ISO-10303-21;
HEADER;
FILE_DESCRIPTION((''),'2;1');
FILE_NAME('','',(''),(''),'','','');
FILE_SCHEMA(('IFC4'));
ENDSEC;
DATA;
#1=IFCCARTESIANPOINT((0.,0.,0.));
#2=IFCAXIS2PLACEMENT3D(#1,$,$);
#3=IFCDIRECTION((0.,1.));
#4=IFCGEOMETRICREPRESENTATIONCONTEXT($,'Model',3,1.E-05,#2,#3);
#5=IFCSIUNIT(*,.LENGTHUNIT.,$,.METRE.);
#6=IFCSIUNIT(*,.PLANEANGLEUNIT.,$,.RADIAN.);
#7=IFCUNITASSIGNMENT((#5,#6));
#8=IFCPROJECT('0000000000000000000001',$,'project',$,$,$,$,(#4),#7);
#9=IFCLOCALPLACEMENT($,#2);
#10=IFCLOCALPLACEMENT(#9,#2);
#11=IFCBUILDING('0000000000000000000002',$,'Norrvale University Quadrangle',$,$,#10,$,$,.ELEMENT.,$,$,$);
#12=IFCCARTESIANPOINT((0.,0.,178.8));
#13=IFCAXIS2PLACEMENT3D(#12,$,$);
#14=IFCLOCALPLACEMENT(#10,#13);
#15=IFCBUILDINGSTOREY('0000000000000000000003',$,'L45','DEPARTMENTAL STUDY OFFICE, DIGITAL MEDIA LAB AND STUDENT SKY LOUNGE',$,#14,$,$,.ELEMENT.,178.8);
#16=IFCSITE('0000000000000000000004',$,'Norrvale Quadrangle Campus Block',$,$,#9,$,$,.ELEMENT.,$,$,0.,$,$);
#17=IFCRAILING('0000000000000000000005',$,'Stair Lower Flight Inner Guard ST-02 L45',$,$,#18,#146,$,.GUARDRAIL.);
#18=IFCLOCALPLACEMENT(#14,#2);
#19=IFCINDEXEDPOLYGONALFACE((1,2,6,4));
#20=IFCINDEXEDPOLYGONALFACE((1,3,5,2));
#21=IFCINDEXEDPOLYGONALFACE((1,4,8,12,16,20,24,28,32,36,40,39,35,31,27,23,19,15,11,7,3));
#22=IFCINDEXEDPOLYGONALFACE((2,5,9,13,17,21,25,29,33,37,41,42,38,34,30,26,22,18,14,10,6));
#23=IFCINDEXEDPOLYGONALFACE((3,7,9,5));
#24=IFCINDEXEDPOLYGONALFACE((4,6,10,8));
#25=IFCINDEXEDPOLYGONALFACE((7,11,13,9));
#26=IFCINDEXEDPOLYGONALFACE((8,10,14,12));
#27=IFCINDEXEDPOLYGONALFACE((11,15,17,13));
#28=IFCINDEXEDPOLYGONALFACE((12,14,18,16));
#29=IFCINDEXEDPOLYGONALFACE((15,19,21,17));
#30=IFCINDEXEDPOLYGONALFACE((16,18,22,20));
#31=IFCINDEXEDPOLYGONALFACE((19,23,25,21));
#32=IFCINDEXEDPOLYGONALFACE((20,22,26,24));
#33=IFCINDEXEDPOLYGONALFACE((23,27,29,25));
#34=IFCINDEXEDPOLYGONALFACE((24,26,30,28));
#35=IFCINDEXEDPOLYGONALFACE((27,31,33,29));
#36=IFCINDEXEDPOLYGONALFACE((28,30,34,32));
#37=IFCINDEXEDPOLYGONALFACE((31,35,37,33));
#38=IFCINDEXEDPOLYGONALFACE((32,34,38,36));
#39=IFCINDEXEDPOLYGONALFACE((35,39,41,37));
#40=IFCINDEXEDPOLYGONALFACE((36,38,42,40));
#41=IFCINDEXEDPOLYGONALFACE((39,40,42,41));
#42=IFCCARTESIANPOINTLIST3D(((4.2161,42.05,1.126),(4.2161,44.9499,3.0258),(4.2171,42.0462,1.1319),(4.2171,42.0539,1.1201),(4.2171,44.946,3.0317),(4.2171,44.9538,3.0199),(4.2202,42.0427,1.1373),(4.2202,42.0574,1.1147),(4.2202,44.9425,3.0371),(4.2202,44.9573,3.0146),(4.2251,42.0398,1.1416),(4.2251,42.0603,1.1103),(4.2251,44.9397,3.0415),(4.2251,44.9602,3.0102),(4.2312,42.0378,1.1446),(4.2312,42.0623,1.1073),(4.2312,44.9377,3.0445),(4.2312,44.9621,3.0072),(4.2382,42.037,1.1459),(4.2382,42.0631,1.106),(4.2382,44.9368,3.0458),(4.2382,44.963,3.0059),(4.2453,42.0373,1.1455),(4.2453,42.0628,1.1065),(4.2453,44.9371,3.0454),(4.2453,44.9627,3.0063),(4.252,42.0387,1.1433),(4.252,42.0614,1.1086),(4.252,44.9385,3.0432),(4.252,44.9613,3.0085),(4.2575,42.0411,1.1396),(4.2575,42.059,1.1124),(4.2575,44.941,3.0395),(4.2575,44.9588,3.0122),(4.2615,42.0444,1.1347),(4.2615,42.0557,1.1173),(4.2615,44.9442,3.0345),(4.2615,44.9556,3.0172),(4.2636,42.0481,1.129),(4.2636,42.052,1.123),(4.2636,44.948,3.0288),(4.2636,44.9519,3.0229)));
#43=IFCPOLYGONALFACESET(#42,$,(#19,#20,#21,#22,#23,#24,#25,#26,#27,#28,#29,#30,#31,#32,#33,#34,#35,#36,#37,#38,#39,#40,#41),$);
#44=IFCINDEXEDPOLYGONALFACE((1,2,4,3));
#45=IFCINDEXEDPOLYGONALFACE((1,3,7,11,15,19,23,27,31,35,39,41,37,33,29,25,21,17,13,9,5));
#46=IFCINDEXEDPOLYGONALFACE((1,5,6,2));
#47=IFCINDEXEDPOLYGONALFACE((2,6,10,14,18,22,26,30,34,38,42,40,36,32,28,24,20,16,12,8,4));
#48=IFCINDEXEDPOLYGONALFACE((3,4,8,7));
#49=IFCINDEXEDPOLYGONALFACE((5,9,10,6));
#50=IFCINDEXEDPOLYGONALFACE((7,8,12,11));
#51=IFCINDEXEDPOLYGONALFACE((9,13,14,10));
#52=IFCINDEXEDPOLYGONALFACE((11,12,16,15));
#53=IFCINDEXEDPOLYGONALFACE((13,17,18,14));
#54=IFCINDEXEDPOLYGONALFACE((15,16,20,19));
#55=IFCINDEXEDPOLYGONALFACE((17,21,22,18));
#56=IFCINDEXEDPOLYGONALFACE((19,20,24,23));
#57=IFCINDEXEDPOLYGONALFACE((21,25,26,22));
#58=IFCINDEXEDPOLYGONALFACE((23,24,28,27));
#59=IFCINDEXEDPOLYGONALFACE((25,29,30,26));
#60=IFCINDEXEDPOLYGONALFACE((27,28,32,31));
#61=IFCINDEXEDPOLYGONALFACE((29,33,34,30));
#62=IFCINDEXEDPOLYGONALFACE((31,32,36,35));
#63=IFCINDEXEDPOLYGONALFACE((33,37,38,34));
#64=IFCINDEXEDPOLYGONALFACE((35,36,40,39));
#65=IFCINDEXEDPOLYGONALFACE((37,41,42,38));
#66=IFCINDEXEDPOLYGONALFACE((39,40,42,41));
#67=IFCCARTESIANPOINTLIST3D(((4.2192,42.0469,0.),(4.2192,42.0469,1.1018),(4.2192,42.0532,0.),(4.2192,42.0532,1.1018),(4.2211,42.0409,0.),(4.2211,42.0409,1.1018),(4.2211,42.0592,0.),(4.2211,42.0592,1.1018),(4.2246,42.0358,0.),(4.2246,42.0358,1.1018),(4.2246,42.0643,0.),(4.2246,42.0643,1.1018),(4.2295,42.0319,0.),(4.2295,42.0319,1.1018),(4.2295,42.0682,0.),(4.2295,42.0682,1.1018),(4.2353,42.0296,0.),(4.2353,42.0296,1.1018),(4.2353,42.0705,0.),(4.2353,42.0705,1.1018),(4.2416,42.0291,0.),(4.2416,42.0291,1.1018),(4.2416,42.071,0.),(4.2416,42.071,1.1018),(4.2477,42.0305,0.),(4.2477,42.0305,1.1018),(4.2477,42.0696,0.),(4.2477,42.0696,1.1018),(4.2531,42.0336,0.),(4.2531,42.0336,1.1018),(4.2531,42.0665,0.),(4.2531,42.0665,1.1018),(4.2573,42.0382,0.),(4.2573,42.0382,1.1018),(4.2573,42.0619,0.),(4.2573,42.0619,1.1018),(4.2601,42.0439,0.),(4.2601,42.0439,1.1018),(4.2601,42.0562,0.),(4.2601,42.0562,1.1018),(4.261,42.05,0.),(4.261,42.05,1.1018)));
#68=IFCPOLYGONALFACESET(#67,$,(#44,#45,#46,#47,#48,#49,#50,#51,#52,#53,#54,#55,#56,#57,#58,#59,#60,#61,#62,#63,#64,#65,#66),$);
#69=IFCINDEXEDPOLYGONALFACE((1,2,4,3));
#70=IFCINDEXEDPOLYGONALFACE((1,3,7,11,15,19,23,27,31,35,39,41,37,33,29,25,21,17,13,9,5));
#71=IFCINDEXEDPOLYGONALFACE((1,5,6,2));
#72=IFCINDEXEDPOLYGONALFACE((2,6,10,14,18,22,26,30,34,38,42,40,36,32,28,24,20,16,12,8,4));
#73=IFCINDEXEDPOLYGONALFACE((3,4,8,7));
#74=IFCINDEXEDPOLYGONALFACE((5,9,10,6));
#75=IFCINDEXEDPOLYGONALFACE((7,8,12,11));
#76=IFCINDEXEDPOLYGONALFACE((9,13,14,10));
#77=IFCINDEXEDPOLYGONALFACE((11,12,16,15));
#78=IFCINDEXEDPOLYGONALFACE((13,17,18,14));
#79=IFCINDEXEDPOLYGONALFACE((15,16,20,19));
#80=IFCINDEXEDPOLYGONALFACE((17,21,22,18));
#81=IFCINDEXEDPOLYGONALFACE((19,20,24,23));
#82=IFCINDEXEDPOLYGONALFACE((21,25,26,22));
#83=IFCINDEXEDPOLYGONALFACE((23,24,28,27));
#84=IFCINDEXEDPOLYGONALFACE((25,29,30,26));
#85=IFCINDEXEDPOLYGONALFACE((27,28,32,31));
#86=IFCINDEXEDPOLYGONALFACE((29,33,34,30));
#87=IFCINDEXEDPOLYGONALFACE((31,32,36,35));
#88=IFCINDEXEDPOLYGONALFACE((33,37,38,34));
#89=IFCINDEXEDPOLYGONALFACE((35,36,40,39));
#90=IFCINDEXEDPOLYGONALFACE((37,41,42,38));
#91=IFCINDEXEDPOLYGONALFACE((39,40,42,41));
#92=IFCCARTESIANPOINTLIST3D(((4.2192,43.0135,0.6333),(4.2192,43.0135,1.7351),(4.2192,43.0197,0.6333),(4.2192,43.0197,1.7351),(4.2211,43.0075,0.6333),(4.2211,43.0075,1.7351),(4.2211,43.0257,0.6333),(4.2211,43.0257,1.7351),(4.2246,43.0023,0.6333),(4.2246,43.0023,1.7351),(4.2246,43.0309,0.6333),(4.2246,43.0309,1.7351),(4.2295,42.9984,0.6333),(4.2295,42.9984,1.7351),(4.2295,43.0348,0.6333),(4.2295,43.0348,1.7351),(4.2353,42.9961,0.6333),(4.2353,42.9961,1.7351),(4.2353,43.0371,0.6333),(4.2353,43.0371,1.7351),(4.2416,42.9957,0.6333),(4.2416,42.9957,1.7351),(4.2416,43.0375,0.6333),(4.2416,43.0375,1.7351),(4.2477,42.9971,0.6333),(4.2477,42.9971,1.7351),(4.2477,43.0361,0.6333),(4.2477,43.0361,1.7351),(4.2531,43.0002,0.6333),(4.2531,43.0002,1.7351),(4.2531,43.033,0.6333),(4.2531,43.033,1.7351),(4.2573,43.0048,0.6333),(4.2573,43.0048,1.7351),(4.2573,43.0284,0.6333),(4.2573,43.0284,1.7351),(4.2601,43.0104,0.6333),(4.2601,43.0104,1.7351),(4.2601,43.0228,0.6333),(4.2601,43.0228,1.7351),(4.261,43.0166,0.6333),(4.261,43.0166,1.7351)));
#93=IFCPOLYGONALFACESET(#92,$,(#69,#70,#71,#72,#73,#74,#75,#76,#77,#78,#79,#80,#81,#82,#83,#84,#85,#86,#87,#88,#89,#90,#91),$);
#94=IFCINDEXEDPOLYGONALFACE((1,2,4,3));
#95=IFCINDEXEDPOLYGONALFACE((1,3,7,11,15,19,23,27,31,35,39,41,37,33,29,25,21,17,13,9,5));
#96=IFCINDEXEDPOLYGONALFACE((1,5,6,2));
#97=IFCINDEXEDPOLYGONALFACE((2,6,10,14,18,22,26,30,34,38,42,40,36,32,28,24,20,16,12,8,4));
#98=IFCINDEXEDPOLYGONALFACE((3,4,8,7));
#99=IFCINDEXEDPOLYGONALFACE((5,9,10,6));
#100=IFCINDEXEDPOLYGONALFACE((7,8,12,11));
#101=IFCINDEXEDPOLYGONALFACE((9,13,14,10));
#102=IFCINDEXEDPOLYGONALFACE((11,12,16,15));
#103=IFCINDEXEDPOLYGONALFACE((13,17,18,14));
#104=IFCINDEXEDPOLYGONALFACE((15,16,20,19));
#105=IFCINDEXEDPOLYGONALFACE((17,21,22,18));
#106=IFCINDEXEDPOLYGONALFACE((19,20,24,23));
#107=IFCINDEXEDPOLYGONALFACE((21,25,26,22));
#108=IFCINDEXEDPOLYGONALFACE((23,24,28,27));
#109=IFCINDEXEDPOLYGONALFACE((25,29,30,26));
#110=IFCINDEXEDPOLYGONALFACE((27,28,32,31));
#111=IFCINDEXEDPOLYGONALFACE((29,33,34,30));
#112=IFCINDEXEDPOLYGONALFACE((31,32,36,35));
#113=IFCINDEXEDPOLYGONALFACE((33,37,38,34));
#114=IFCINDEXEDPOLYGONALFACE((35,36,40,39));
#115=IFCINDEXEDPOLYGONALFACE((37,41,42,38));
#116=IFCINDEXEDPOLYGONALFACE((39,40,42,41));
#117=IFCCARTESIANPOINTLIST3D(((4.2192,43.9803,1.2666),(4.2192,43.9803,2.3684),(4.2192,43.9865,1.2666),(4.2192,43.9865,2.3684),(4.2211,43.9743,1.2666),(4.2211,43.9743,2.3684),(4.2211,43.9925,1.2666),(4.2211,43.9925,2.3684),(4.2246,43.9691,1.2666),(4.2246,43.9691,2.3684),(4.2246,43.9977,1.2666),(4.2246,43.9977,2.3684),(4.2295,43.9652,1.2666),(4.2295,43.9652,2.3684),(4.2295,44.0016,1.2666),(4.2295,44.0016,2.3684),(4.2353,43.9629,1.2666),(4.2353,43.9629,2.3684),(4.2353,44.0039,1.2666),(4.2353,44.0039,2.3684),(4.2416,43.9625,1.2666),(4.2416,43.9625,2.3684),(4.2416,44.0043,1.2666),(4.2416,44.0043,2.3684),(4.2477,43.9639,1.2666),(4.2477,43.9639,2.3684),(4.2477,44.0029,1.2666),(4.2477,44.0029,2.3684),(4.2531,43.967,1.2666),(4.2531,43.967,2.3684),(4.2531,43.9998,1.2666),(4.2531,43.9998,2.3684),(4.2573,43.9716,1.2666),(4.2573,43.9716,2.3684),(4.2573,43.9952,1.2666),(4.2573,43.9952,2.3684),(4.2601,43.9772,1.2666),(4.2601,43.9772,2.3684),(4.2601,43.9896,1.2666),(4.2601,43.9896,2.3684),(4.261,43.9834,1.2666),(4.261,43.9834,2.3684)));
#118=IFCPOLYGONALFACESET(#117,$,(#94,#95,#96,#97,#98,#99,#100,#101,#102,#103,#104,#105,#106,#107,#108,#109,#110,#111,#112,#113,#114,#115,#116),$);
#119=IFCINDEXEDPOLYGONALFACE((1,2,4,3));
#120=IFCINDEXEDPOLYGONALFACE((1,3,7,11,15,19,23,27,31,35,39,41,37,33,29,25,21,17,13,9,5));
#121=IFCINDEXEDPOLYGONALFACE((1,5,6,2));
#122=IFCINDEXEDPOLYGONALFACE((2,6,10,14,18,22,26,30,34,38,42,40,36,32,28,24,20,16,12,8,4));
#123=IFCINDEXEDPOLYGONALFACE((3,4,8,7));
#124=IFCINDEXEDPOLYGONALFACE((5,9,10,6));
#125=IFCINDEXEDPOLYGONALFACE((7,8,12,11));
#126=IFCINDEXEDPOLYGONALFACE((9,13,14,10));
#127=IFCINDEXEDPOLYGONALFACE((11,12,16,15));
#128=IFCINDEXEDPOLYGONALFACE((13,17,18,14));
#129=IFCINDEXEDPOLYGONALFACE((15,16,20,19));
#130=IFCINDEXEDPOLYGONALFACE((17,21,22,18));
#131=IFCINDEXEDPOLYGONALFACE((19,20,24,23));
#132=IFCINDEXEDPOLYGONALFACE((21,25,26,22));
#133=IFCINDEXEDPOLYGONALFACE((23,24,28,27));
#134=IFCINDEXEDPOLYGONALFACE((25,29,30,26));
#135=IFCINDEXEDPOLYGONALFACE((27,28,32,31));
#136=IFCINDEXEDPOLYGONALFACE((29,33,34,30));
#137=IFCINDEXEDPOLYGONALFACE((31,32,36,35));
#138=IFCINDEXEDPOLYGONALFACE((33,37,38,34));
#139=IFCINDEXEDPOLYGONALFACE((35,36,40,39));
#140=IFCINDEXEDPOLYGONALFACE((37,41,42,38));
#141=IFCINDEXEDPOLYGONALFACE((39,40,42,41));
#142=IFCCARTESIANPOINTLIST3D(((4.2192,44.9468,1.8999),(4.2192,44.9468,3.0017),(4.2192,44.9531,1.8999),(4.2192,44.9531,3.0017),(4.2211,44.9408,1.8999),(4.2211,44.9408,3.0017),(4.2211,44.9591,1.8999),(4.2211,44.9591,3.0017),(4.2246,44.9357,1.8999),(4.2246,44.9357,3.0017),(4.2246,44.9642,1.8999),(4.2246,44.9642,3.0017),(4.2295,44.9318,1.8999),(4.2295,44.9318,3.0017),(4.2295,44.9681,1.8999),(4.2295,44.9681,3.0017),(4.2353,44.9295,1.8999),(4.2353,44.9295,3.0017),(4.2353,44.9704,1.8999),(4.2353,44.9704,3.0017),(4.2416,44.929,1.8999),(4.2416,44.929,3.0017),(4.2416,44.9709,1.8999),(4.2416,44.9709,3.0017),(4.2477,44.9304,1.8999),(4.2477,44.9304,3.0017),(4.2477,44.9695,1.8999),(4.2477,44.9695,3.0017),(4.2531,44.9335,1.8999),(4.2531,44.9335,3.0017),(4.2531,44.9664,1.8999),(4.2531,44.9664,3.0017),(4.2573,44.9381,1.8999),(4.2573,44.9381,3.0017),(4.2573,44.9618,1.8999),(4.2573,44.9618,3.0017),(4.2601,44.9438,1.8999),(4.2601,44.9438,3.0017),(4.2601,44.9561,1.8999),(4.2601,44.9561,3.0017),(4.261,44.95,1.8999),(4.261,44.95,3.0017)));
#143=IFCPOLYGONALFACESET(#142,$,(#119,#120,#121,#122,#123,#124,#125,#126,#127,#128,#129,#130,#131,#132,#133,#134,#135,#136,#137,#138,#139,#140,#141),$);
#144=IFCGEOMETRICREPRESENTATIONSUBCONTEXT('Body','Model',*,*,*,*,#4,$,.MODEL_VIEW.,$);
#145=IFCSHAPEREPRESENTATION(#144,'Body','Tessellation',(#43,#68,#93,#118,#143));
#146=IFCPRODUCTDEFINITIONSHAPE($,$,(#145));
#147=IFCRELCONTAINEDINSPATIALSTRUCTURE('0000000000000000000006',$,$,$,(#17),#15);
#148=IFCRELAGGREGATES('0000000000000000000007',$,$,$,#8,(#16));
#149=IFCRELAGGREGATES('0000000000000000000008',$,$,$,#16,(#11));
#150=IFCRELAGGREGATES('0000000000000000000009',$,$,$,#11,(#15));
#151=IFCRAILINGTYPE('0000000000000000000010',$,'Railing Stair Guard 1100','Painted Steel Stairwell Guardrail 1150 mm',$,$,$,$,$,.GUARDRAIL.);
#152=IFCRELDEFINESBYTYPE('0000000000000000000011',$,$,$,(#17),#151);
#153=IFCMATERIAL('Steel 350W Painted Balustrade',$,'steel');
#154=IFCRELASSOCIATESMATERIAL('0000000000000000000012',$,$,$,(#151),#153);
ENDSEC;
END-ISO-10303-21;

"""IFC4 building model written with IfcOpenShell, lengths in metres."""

from ifc_helpers import new_model, si_unit, direction, frame, origin, origin_2d, place, context, subcontext, project, spatial, circle, extrude, material, type_object, element, save


model = new_model("IFC4")

# Units and contexts
model_context = context("Model", 3, precision=1e-05, world=origin(), true_north=direction((0.0, 1.0)))
body_context = subcontext(model_context, "Body", "Model", "MODEL_VIEW")
ifc_project = project(units=[si_unit("LENGTHUNIT", "METRE"), si_unit("PLANEANGLEUNIT", "RADIAN")], contexts=[model_context])

# Site, building, storey
site_placement = place(None, origin())
site = spatial("IfcSite", under=ifc_project, at=site_placement, Name="Norrvale Quadrangle Campus Block", CompositionType="ELEMENT", RefElevation=0.0)
building_placement = place(site_placement, origin())
building = spatial("IfcBuilding", under=site, at=building_placement, Name="Norrvale University Quadrangle", CompositionType="ELEMENT")
storey_placement = place(building_placement, frame((0.0, 0.0, 178.8)))
storey = spatial("IfcBuildingStorey", under=building, at=storey_placement, Name="L45", Description="DEPARTMENTAL STUDY OFFICE, DIGITAL MEDIA LAB AND STUDENT SKY LOUNGE", CompositionType="ELEMENT", Elevation=178.8)

# Railing
ifc_material_1 = material(Name="Steel 350W Painted Balustrade", Category="steel")
railing_type_1 = type_object("IfcRailingType", Name="Railing Stair Guard 1100", Description="Painted Steel Stairwell Guardrail 1150 mm", PredefinedType="GUARDRAIL", material=ifc_material_1)
railing_1_placement = place(storey_placement, frame((4.24, 42.05, 0.0)))
element("IfcRailing", 1, at=railing_1_placement, inside=storey, type_object=railing_type_1, Name="Stair Lower Flight Inner Guard ST-02 L45", PredefinedType="GUARDRAIL", context=body_context, shape_type="SweptSolid", body=[
    extrude(circle(Radius=0.0239, at=origin_2d()), frame((0.0, 0.0, 1.126), z_axis=(0.0, 0.836466, 0.548019), x_axis=(-1.0, 0.0, 0.0)), (0.0, 0.0, 1.0), 3.4668),
    extrude(circle(Radius=0.021, at=origin_2d()), origin(), (0.0, 0.0, 1.0), 1.1018),
    extrude(circle(Radius=0.021, at=origin_2d()), frame((0.0, 0.9666, 0.6333)), (0.0, 0.0, 1.0), 1.1018),
    extrude(circle(Radius=0.021, at=origin_2d()), frame((0.0, 1.9333, 1.2666)), (0.0, 0.0, 1.0), 1.1018),
    extrude(circle(Radius=0.021, at=origin_2d()), frame((0.0, 2.8999, 1.8999)), (0.0, 0.0, 1.0), 1.1018),
])

save(model, "model.ifc")
